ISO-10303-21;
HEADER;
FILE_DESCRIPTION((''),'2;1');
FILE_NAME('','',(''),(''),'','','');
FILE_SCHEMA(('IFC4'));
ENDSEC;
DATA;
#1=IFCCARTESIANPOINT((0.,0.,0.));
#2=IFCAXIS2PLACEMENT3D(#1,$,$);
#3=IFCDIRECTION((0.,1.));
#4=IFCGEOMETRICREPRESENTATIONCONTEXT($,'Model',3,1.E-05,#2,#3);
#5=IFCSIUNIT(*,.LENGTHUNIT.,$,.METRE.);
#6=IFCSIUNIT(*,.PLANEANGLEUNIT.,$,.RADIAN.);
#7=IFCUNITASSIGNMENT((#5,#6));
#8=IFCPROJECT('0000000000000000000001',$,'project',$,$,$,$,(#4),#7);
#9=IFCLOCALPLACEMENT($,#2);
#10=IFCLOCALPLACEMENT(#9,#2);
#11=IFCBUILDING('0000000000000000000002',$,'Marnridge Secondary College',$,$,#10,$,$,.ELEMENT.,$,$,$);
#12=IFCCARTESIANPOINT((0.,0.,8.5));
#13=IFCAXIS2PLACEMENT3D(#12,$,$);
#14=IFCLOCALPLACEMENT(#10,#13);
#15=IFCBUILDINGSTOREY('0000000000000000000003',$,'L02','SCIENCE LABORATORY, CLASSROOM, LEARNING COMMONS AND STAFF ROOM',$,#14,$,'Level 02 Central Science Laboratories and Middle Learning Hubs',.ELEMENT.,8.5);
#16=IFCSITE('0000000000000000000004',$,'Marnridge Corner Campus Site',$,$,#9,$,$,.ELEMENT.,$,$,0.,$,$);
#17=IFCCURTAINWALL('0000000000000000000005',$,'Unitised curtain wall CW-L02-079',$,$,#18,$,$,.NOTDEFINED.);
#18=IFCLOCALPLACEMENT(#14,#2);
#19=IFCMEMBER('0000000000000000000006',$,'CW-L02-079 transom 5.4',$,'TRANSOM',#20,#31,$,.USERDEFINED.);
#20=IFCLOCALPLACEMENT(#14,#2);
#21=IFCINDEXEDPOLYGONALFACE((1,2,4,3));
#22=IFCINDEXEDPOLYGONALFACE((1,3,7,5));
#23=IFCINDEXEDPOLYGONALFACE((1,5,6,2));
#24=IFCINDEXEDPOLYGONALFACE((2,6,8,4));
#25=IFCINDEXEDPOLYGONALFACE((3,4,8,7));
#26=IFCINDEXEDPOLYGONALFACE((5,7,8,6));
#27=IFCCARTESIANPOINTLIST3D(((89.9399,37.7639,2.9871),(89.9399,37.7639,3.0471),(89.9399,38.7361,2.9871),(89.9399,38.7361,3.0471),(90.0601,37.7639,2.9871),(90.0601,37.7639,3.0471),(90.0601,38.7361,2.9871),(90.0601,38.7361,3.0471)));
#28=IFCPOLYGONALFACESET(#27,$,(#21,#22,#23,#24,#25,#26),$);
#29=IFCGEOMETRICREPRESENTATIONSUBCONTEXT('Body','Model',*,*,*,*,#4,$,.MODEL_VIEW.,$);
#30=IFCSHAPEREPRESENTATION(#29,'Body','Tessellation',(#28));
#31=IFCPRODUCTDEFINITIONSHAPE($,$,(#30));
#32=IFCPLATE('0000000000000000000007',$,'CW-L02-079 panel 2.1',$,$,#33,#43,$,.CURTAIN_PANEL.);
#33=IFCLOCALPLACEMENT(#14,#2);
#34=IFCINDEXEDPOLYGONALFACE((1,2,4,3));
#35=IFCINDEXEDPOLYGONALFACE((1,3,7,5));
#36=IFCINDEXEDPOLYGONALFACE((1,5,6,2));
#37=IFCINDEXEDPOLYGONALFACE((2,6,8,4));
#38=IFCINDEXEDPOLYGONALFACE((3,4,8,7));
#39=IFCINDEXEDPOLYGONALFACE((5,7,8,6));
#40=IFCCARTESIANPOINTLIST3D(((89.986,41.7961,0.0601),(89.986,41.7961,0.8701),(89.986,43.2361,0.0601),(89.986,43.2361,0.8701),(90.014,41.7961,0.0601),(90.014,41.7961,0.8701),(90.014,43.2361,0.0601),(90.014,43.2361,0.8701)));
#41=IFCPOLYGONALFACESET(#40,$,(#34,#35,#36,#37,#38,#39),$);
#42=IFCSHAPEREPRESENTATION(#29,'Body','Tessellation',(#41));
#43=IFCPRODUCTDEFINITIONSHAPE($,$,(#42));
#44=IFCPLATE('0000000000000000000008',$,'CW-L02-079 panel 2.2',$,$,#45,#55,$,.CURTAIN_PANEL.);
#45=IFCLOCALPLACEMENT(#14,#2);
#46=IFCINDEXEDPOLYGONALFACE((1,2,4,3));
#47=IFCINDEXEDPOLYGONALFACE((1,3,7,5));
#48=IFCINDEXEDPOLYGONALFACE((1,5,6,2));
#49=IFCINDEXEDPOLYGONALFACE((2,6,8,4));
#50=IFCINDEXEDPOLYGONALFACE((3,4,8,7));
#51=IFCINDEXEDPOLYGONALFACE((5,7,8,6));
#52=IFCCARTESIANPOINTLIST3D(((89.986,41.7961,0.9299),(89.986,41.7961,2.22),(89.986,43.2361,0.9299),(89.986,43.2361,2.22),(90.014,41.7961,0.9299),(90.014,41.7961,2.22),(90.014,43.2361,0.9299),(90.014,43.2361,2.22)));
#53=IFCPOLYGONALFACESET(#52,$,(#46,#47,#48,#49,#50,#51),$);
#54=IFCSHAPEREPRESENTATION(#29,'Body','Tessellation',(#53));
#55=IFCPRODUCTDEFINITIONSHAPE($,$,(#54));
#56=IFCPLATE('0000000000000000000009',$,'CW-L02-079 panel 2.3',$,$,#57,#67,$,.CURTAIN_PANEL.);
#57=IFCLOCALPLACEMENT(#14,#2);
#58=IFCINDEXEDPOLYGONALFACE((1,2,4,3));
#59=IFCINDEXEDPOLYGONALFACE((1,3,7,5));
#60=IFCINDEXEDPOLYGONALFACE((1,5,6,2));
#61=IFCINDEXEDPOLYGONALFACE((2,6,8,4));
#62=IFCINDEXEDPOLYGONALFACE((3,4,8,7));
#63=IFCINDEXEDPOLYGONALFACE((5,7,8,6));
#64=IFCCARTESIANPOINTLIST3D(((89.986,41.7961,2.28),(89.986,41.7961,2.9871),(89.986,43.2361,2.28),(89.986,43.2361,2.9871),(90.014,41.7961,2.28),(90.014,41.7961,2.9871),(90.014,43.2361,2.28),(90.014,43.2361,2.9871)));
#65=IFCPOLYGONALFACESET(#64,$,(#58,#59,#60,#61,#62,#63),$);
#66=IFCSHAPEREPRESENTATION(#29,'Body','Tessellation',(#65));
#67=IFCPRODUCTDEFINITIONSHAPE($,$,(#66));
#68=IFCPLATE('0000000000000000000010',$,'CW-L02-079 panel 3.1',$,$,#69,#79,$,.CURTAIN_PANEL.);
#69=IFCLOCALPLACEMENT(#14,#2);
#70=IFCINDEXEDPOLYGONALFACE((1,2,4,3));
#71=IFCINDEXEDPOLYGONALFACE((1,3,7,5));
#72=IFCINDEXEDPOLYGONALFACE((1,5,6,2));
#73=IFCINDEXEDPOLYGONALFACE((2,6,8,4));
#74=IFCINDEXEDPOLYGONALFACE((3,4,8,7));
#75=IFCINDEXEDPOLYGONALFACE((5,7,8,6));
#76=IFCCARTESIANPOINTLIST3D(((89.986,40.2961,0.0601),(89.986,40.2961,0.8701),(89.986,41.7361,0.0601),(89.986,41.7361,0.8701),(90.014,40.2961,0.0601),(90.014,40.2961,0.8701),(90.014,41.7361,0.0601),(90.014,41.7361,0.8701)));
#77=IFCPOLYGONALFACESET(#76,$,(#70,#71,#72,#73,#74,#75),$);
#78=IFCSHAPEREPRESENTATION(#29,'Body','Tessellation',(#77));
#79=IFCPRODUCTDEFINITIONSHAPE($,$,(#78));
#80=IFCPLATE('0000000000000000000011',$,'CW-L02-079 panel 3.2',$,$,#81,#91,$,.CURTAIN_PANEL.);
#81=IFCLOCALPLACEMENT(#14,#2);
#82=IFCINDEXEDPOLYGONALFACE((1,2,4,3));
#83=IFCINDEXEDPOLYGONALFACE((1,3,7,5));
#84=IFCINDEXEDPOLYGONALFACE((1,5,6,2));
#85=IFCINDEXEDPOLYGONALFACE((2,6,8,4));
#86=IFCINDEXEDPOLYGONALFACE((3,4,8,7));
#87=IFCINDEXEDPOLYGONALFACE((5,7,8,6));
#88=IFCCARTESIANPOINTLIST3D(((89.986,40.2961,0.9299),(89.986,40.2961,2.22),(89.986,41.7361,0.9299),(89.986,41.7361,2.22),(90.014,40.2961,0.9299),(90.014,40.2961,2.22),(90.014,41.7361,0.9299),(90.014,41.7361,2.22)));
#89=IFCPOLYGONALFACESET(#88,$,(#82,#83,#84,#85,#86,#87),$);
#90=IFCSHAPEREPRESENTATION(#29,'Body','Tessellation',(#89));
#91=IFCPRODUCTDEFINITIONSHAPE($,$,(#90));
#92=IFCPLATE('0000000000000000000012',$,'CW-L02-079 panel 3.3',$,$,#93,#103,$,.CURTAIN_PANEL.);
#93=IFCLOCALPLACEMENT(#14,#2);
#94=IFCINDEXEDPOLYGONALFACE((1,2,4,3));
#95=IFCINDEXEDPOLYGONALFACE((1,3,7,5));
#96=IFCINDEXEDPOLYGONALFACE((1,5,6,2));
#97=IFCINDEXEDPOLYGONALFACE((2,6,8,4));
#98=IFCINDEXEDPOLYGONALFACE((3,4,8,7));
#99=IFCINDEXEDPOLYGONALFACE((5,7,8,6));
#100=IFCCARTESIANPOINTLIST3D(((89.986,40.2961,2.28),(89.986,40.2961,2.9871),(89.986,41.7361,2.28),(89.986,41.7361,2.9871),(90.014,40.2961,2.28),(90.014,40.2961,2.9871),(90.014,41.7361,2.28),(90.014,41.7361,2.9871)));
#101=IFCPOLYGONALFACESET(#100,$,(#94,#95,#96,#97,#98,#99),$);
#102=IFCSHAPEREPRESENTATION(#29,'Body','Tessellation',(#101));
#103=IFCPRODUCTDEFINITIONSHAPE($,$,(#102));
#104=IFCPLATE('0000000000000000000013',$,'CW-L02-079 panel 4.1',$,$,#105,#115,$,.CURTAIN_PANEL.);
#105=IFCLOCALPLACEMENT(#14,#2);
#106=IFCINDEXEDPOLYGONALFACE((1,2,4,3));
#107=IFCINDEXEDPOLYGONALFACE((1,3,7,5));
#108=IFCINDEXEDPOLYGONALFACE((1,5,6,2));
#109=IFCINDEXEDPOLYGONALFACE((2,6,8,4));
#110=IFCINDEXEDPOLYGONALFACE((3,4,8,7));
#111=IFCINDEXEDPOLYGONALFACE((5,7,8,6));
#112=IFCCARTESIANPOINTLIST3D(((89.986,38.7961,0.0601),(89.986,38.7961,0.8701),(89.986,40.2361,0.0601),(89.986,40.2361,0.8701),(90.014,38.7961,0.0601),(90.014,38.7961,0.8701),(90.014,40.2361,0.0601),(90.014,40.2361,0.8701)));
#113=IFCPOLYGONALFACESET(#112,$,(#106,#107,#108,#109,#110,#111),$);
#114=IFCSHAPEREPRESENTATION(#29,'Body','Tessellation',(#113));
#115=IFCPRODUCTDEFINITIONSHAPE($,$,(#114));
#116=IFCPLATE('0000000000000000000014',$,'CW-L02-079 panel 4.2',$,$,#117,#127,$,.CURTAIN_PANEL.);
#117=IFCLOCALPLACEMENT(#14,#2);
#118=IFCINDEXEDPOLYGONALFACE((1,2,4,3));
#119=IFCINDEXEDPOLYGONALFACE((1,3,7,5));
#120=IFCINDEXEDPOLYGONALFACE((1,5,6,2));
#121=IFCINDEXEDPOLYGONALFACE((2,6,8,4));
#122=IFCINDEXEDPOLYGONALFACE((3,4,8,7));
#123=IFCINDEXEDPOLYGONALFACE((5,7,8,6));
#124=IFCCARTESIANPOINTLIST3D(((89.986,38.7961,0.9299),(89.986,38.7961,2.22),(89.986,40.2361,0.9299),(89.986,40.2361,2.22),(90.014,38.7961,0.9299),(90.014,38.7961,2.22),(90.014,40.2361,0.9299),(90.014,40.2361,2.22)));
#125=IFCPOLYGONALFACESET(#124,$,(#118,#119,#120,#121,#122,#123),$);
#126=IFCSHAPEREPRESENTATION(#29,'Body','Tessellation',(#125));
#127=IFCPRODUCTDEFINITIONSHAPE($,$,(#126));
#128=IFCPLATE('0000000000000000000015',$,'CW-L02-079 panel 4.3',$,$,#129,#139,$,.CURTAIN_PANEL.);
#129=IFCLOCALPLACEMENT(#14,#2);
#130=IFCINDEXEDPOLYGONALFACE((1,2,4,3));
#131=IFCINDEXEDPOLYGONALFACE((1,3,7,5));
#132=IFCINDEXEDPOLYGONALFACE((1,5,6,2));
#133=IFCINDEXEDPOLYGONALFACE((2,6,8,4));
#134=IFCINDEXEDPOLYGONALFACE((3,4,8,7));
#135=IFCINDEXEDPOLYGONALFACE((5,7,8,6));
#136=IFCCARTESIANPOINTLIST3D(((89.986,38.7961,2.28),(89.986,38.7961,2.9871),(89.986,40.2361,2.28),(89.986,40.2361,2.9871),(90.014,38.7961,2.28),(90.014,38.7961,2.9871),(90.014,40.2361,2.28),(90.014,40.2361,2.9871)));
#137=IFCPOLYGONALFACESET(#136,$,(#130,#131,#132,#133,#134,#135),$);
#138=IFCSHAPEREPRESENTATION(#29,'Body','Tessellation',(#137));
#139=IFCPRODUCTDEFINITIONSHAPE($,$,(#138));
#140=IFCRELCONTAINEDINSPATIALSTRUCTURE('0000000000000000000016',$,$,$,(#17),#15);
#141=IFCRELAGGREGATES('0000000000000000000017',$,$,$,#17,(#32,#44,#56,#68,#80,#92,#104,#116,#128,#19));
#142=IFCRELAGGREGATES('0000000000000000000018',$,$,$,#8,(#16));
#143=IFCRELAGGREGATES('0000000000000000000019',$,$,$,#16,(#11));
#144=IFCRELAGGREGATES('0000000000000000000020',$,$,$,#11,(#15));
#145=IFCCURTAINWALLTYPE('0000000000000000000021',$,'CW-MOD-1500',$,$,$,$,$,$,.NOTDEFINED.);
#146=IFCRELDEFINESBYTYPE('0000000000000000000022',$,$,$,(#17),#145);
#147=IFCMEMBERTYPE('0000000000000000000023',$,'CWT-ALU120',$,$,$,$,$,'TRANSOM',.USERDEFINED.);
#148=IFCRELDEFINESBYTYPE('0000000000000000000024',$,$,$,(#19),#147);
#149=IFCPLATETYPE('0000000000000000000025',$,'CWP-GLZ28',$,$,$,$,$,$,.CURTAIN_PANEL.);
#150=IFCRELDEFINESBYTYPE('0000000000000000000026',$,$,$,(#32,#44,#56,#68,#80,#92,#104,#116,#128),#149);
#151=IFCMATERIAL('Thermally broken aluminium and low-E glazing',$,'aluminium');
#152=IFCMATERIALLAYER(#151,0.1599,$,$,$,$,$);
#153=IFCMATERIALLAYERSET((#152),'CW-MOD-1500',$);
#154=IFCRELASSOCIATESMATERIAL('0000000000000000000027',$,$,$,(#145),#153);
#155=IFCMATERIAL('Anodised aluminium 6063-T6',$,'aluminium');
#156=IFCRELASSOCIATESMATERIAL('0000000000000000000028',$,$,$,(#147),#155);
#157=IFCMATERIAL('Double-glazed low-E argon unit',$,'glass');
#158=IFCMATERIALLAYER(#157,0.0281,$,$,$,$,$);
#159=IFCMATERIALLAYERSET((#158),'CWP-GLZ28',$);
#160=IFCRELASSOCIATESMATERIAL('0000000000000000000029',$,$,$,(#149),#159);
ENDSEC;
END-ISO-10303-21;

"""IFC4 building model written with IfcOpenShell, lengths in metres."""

from ifc_helpers import new_model, si_unit, direction, frame, origin, origin_2d, place, context, subcontext, project, spatial, rectangle, extrude, material, layer, layer_set, material_profile, profile_set, type_object, element, aggregate, save


model = new_model("IFC4")

# Units and contexts
model_context = context("Model", 3, precision=1e-05, world=origin(), true_north=direction((0.0, 1.0)))
body_context = subcontext(model_context, "Body", "Model", "MODEL_VIEW")
ifc_project = project(units=[si_unit("LENGTHUNIT", "METRE"), si_unit("PLANEANGLEUNIT", "RADIAN")], contexts=[model_context])

# Site, building, storey
site_placement = place(None, origin())
site = spatial("IfcSite", under=ifc_project, at=site_placement, Name="Marnridge Corner Campus Site", CompositionType="ELEMENT", RefElevation=0.0)
building_placement = place(site_placement, origin())
building = spatial("IfcBuilding", under=site, at=building_placement, Name="Marnridge Secondary College", CompositionType="ELEMENT")
storey_placement = place(building_placement, frame((0.0, 0.0, 8.5)))
storey = spatial("IfcBuildingStorey", under=building, at=storey_placement, Name="L02", Description="SCIENCE LABORATORY, CLASSROOM, LEARNING COMMONS AND STAFF ROOM", LongName="Level 02 Central Science Laboratories and Middle Learning Hubs", CompositionType="ELEMENT", Elevation=8.5)

# Curtain wall, member, plates
ifc_material_1 = material(Name="Thermally broken aluminium and low-E glazing", Category="aluminium")
ifc_layer_1 = layer(ifc_material_1, 0.1599)
ifc_layer_set_1 = layer_set([ifc_layer_1], Name="CW-MOD-1500")
curtain_wall_type = type_object("IfcCurtainWallType", Name="CW-MOD-1500", PredefinedType="NOTDEFINED", material=ifc_layer_set_1)
curtain_wall_placement = place(storey_placement, origin())
curtain_wall = element("IfcCurtainWall", 1, at=curtain_wall_placement, inside=storey, type_object=curtain_wall_type, Name="Unitised curtain wall CW-L02-079", PredefinedType="NOTDEFINED")
ifc_material_2 = material(Name="Anodised aluminium 6063-T6", Category="aluminium")
ifc_material_profile_1 = material_profile(ifc_material_2, rectangle(XDim=0.0601, YDim=0.1201, at=origin_2d()), Name="ALU 60x120")
ifc_profile_set_1 = profile_set([ifc_material_profile_1], Name="Anodised aluminium 6063-T6")
member_type_1 = type_object("IfcMemberType", Name="CWT-ALU120", ElementType="TRANSOM", PredefinedType="USERDEFINED", material=ifc_profile_set_1)
member_1_placement = place(storey_placement, frame((90.0, 38.7361, 3.0171), z_axis=(0.0, -1.0, 0.0), x_axis=(0.0, 0.0, 1.0)))
member_1 = element("IfcMember", 2, at=member_1_placement, type_object=member_type_1, Name="CW-L02-079 transom 5.4", ObjectType="TRANSOM", PredefinedType="USERDEFINED", context=body_context, shape_type="SweptSolid", body=[
    extrude(rectangle(XDim=0.0601, YDim=0.1201, at=origin_2d()), origin(), (0.0, 0.0, 1.0), 0.9722),
])
ifc_material_3 = material(Name="Double-glazed low-E argon unit", Category="glass")
ifc_layer_2 = layer(ifc_material_3, 0.0281)
ifc_layer_set_2 = layer_set([ifc_layer_2], Name="CWP-GLZ28")
plate_type = type_object("IfcPlateType", Name="CWP-GLZ28", PredefinedType="CURTAIN_PANEL", material=ifc_layer_set_2)
plate_1_placement = place(storey_placement, frame((90.0, 42.5161, 0.0601), z_axis=(0.0, 0.0, 1.0), x_axis=(0.0, -1.0, 0.0)))
plate_1 = element("IfcPlate", 3, at=plate_1_placement, type_object=plate_type, Name="CW-L02-079 panel 2.1", PredefinedType="CURTAIN_PANEL", context=body_context, shape_type="SweptSolid", body=[
    extrude(rectangle(XDim=1.4399, YDim=0.0281, at=origin_2d()), origin(), (0.0, 0.0, 1.0), 0.8101),
])
plate_2_placement = place(storey_placement, frame((90.0, 42.5161, 0.9299), z_axis=(0.0, 0.0, 1.0), x_axis=(0.0, -1.0, 0.0)))
plate_2 = element("IfcPlate", 4, at=plate_2_placement, type_object=plate_type, Name="CW-L02-079 panel 2.2", PredefinedType="CURTAIN_PANEL", context=body_context, shape_type="SweptSolid", body=[
    extrude(rectangle(XDim=1.4399, YDim=0.0281, at=origin_2d()), origin(), (0.0, 0.0, 1.0), 1.29),
])
plate_3_placement = place(storey_placement, frame((90.0, 42.5161, 2.28), z_axis=(0.0, 0.0, 1.0), x_axis=(0.0, -1.0, 0.0)))
plate_3 = element("IfcPlate", 5, at=plate_3_placement, type_object=plate_type, Name="CW-L02-079 panel 2.3", PredefinedType="CURTAIN_PANEL", context=body_context, shape_type="SweptSolid", body=[
    extrude(rectangle(XDim=1.4399, YDim=0.0281, at=origin_2d()), origin(), (0.0, 0.0, 1.0), 0.707),
])
plate_4_placement = place(storey_placement, frame((90.0, 41.0161, 0.0601), z_axis=(0.0, 0.0, 1.0), x_axis=(0.0, -1.0, 0.0)))
plate_4 = element("IfcPlate", 6, at=plate_4_placement, type_object=plate_type, Name="CW-L02-079 panel 3.1", PredefinedType="CURTAIN_PANEL", context=body_context, shape_type="SweptSolid", body=[
    extrude(rectangle(XDim=1.4399, YDim=0.0281, at=origin_2d()), origin(), (0.0, 0.0, 1.0), 0.8101),
])
plate_5_placement = place(storey_placement, frame((90.0, 41.0161, 0.9299), z_axis=(0.0, 0.0, 1.0), x_axis=(0.0, -1.0, 0.0)))
plate_5 = element("IfcPlate", 7, at=plate_5_placement, type_object=plate_type, Name="CW-L02-079 panel 3.2", PredefinedType="CURTAIN_PANEL", context=body_context, shape_type="SweptSolid", body=[
    extrude(rectangle(XDim=1.4399, YDim=0.0281, at=origin_2d()), origin(), (0.0, 0.0, 1.0), 1.29),
])
plate_6_placement = place(storey_placement, frame((90.0, 41.0161, 2.28), z_axis=(0.0, 0.0, 1.0), x_axis=(0.0, -1.0, 0.0)))
plate_6 = element("IfcPlate", 8, at=plate_6_placement, type_object=plate_type, Name="CW-L02-079 panel 3.3", PredefinedType="CURTAIN_PANEL", context=body_context, shape_type="SweptSolid", body=[
    extrude(rectangle(XDim=1.4399, YDim=0.0281, at=origin_2d()), origin(), (0.0, 0.0, 1.0), 0.707),
])
plate_7_placement = place(storey_placement, frame((90.0, 39.5161, 0.0601), z_axis=(0.0, 0.0, 1.0), x_axis=(0.0, -1.0, 0.0)))
plate_7 = element("IfcPlate", 9, at=plate_7_placement, type_object=plate_type, Name="CW-L02-079 panel 4.1", PredefinedType="CURTAIN_PANEL", context=body_context, shape_type="SweptSolid", body=[
    extrude(rectangle(XDim=1.4399, YDim=0.0281, at=origin_2d()), origin(), (0.0, 0.0, 1.0), 0.8101),
])
plate_8_placement = place(storey_placement, frame((90.0, 39.5161, 0.9299), z_axis=(0.0, 0.0, 1.0), x_axis=(0.0, -1.0, 0.0)))
plate_8 = element("IfcPlate", 10, at=plate_8_placement, type_object=plate_type, Name="CW-L02-079 panel 4.2", PredefinedType="CURTAIN_PANEL", context=body_context, shape_type="SweptSolid", body=[
    extrude(rectangle(XDim=1.4399, YDim=0.0281, at=origin_2d()), origin(), (0.0, 0.0, 1.0), 1.29),
])
plate_9_placement = place(storey_placement, frame((90.0, 39.5161, 2.28), z_axis=(0.0, 0.0, 1.0), x_axis=(0.0, -1.0, 0.0)))
plate_9 = element("IfcPlate", 11, at=plate_9_placement, type_object=plate_type, Name="CW-L02-079 panel 4.3", PredefinedType="CURTAIN_PANEL", context=body_context, shape_type="SweptSolid", body=[
    extrude(rectangle(XDim=1.4399, YDim=0.0281, at=origin_2d()), origin(), (0.0, 0.0, 1.0), 0.707),
])
aggregate(curtain_wall, [plate_1, plate_2, plate_3, plate_4, plate_5, plate_6, plate_7, plate_8, plate_9, member_1])

save(model, "model.ifc")
